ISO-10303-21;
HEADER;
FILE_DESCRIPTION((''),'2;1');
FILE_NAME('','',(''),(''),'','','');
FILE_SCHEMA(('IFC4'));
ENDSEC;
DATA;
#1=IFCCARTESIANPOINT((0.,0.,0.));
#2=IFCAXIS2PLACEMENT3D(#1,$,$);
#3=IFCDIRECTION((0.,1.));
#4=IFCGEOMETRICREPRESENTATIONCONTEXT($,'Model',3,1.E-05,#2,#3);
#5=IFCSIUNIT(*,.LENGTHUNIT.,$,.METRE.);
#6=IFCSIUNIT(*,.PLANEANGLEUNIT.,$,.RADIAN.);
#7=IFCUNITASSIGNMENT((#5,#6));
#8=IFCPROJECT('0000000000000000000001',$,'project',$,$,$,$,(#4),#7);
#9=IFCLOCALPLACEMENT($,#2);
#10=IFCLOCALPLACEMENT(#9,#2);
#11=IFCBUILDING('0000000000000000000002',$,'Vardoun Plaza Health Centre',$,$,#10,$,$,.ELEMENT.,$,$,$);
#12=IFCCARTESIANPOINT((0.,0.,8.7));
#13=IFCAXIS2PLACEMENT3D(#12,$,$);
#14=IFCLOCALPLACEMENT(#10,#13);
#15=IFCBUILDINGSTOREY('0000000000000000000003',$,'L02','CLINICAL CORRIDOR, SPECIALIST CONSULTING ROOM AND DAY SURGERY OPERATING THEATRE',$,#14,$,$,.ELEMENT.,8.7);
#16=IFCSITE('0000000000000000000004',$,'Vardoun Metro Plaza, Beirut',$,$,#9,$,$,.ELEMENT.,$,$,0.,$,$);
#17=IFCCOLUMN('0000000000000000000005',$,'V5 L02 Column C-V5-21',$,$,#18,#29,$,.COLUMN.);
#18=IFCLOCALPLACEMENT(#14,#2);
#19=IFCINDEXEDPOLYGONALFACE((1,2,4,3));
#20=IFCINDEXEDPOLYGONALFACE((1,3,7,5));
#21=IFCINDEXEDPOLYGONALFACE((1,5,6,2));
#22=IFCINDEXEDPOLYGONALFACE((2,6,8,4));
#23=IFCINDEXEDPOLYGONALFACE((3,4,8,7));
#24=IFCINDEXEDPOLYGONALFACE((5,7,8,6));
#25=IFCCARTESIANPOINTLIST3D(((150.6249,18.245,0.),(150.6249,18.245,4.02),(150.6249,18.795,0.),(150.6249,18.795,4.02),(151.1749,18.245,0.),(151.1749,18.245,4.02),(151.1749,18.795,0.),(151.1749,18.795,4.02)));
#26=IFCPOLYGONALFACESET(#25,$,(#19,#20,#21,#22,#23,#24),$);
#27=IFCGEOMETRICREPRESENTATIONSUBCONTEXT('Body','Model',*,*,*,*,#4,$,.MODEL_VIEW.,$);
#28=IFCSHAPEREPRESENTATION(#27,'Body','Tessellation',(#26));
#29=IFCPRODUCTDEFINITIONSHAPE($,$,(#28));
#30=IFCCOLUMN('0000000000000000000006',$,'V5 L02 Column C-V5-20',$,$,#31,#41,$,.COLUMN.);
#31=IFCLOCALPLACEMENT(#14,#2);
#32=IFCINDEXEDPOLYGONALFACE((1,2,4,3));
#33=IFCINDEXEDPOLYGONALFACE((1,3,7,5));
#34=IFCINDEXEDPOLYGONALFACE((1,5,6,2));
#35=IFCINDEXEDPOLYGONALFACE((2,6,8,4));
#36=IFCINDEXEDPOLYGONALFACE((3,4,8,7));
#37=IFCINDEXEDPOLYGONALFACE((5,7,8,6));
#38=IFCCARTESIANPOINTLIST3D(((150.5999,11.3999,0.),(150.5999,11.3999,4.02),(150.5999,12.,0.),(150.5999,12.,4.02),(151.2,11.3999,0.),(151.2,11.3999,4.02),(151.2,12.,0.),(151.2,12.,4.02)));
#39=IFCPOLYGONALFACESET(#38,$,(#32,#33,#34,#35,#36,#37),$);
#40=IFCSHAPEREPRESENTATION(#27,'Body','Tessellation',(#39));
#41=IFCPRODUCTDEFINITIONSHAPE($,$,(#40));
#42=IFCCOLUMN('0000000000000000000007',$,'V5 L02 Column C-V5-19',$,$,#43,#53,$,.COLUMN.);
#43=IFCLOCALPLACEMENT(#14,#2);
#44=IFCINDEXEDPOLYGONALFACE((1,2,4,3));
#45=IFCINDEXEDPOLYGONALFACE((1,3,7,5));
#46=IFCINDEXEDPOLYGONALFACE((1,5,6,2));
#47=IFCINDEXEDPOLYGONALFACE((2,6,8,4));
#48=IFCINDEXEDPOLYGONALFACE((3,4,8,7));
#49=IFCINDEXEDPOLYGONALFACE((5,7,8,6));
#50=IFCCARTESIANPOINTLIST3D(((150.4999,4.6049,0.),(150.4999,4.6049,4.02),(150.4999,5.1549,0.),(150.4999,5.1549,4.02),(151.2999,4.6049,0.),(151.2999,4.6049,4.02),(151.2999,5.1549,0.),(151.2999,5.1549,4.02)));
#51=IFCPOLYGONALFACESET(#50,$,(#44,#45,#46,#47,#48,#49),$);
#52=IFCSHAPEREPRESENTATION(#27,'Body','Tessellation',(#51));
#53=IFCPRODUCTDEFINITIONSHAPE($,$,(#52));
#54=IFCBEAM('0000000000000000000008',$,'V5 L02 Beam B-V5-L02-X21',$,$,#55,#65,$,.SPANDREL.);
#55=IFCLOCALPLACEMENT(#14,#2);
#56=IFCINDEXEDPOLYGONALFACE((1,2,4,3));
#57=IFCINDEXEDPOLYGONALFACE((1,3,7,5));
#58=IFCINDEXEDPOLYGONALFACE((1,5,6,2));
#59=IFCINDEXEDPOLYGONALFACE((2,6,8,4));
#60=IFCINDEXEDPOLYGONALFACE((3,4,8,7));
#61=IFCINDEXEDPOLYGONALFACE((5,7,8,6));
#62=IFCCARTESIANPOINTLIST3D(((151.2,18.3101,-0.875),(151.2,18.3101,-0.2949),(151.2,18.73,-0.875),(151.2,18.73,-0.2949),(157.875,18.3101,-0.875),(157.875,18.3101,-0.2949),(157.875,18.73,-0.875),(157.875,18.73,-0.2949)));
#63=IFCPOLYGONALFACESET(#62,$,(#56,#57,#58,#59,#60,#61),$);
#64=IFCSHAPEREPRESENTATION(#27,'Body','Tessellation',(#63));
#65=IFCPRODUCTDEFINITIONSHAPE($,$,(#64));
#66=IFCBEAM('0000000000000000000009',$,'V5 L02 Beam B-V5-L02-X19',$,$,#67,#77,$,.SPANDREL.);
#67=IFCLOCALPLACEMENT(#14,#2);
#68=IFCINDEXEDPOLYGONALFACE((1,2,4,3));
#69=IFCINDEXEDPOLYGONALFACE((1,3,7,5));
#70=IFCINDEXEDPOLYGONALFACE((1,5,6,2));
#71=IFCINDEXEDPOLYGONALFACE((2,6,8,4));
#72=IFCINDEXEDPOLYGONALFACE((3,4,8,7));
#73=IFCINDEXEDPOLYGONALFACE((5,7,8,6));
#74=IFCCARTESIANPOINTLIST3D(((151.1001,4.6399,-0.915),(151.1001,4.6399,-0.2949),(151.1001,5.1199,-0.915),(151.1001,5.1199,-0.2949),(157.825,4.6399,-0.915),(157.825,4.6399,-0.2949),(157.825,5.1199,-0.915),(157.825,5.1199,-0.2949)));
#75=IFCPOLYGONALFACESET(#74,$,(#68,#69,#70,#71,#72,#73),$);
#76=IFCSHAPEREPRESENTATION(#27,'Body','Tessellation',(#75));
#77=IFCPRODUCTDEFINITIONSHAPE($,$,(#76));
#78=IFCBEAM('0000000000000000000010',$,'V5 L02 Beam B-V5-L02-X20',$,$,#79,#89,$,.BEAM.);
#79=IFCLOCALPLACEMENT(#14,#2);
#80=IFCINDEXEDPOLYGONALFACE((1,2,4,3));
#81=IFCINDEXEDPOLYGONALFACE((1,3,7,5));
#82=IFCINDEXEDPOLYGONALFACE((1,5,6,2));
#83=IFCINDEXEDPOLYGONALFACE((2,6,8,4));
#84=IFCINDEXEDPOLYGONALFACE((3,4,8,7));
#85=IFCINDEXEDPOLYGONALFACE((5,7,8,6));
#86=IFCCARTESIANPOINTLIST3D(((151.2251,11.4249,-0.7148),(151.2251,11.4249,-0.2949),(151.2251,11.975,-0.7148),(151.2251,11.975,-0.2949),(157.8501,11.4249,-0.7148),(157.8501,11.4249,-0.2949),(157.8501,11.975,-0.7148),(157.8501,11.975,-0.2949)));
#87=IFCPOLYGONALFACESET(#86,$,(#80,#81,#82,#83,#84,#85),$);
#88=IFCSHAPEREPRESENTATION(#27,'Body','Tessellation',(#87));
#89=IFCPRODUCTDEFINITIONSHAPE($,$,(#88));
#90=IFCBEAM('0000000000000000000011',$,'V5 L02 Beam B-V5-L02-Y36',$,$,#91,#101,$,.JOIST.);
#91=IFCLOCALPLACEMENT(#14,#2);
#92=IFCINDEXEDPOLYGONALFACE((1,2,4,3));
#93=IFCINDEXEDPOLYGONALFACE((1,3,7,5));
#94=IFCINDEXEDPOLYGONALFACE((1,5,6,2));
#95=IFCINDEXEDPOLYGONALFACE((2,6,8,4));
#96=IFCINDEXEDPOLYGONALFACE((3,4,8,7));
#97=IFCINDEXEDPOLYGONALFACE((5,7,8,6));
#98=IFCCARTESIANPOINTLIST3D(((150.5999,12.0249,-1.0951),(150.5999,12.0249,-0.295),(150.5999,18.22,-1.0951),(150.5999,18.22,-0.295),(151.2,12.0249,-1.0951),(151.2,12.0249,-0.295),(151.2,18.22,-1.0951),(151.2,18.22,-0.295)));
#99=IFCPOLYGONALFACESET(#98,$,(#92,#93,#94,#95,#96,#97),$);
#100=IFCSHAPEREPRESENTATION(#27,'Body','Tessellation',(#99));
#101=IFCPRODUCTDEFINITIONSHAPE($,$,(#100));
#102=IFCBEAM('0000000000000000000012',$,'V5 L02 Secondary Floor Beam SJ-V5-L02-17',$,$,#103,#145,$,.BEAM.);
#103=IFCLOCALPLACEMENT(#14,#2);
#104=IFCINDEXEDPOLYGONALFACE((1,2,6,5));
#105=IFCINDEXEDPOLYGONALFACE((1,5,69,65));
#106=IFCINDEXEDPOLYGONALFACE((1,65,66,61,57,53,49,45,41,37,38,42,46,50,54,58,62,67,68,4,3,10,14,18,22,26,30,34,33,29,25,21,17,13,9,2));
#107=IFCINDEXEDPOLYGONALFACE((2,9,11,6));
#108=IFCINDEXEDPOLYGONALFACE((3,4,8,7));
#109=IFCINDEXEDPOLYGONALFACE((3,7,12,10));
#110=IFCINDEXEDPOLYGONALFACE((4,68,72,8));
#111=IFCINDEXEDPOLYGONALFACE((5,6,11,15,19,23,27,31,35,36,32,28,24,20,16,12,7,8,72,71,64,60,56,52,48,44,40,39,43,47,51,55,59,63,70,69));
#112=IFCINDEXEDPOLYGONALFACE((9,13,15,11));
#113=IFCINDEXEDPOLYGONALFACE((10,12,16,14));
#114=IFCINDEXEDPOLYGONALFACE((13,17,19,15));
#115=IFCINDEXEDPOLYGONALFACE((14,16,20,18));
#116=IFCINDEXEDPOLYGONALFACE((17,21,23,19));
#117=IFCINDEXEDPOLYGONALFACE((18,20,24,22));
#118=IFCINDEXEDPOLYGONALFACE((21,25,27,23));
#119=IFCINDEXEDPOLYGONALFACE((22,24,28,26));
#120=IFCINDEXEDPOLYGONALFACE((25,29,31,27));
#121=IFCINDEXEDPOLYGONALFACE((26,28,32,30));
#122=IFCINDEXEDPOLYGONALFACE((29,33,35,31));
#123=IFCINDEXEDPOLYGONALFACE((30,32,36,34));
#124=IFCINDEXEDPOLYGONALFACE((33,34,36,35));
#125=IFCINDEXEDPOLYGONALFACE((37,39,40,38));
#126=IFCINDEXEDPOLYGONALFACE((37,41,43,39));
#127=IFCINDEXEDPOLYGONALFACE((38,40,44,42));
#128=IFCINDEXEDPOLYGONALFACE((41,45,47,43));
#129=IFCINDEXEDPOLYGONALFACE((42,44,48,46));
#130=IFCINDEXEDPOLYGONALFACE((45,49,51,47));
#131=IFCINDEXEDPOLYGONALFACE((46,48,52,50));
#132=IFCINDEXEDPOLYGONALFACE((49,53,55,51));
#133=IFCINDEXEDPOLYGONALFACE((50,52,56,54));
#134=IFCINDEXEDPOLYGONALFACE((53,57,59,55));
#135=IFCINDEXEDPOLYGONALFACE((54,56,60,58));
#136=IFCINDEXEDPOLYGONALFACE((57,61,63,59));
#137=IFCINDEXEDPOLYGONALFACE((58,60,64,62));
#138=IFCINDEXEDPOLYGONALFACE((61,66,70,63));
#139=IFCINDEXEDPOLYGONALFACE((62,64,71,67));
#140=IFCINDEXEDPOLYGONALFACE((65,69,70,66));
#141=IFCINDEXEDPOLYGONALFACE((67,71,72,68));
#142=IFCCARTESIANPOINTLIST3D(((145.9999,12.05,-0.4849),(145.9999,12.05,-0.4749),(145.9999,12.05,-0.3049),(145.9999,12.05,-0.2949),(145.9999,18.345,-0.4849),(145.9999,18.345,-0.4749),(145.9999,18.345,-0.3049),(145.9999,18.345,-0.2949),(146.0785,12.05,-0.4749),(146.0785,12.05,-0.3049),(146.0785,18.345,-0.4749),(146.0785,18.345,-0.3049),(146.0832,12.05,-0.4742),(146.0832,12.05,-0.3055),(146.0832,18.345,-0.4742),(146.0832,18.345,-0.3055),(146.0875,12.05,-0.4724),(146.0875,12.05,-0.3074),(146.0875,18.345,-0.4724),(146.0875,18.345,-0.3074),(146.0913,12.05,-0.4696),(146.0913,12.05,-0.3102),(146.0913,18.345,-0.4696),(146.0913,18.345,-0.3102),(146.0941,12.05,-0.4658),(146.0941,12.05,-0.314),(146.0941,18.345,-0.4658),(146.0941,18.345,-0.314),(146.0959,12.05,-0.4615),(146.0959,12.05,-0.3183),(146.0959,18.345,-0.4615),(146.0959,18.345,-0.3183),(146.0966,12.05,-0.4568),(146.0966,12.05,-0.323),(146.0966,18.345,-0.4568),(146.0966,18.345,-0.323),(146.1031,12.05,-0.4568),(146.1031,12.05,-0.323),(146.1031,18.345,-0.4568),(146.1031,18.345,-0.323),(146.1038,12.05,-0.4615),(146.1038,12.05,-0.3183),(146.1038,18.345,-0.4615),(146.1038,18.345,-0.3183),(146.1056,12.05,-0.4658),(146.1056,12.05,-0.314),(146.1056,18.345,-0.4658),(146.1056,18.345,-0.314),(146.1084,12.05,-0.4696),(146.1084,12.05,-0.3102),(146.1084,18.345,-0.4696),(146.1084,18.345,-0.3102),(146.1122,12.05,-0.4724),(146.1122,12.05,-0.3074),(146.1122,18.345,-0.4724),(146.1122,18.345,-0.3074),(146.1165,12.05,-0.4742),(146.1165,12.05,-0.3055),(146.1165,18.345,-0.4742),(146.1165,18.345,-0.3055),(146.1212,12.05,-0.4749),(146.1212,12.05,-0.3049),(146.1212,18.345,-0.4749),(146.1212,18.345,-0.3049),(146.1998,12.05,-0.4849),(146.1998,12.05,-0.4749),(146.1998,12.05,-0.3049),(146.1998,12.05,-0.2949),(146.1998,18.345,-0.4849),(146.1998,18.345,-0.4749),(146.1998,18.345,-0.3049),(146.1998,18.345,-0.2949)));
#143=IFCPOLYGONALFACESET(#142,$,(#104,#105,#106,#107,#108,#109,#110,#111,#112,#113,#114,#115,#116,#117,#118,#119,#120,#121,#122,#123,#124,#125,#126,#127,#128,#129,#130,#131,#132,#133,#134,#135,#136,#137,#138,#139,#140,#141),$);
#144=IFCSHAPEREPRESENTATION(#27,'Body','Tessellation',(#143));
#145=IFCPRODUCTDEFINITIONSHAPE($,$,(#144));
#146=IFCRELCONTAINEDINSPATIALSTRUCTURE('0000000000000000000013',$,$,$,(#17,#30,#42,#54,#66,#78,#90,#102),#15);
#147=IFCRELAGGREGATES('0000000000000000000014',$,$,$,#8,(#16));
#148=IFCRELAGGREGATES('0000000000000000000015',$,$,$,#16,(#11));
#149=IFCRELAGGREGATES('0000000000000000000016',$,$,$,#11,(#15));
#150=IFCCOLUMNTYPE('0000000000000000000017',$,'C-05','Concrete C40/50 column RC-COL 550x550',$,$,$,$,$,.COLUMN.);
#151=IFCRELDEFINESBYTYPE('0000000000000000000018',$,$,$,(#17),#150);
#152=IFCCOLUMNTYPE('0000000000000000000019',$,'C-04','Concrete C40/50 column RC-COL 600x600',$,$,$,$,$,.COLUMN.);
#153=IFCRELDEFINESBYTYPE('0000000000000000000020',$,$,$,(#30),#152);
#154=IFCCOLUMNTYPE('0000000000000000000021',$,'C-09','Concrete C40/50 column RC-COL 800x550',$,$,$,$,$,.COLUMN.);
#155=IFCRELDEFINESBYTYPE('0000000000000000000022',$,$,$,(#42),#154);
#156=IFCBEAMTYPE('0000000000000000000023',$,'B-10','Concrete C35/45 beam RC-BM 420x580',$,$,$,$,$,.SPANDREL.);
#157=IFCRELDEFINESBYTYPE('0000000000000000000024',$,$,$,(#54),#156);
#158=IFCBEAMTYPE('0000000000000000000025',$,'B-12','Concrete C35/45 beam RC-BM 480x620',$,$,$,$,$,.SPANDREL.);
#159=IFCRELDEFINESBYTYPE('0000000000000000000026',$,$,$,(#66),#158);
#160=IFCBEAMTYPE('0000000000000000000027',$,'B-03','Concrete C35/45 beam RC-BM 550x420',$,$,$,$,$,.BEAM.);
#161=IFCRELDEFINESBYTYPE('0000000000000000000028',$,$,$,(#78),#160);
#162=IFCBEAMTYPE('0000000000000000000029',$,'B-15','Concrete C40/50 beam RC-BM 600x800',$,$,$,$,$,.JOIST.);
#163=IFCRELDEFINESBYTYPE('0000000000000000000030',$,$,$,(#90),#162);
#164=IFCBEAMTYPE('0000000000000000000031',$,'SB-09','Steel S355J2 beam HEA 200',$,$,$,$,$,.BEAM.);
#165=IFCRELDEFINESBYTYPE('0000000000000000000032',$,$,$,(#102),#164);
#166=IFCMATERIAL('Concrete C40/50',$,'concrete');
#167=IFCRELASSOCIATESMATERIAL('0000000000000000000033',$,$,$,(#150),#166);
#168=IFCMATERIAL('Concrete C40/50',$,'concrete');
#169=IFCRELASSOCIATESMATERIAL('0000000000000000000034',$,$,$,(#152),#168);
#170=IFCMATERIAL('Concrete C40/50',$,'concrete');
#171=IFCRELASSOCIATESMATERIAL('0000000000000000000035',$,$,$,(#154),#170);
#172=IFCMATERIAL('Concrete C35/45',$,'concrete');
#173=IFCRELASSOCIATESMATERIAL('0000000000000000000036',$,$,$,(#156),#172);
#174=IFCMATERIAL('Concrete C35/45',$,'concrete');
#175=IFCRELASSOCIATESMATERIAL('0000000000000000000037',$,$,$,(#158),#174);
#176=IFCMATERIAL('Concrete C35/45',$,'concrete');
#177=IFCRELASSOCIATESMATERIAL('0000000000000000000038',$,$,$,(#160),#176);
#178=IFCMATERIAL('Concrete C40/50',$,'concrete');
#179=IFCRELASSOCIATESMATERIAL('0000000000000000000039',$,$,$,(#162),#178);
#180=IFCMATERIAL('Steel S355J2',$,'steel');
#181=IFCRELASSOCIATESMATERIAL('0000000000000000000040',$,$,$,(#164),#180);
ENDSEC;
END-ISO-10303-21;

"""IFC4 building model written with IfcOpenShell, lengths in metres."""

from ifc_helpers import new_model, si_unit, direction, frame, origin, origin_2d, place, context, subcontext, project, spatial, rectangle, i_section, extrude, material, material_profile, profile_set, type_object, element, save


model = new_model("IFC4")

# Units and contexts
model_context = context("Model", 3, precision=1e-05, world=origin(), true_north=direction((0.0, 1.0)))
body_context = subcontext(model_context, "Body", "Model", "MODEL_VIEW")
ifc_project = project(units=[si_unit("LENGTHUNIT", "METRE"), si_unit("PLANEANGLEUNIT", "RADIAN")], contexts=[model_context])

# Site, building, storey
site_placement = place(None, origin())
site = spatial("IfcSite", under=ifc_project, at=site_placement, Name="Vardoun Metro Plaza, Beirut", CompositionType="ELEMENT", RefElevation=0.0)
building_placement = place(site_placement, origin())
building = spatial("IfcBuilding", under=site, at=building_placement, Name="Vardoun Plaza Health Centre", CompositionType="ELEMENT")
storey_placement = place(building_placement, frame((0.0, 0.0, 8.7)))
storey = spatial("IfcBuildingStorey", under=building, at=storey_placement, Name="L02", Description="CLINICAL CORRIDOR, SPECIALIST CONSULTING ROOM AND DAY SURGERY OPERATING THEATRE", CompositionType="ELEMENT", Elevation=8.7)

# Columns
ifc_material_1 = material(Name="Concrete C40/50", Category="concrete")
ifc_material_profile_1 = material_profile(ifc_material_1, rectangle(XDim=0.55, YDim=0.55, at=origin_2d()), Name="RC-COL 550x550")
ifc_profile_set_1 = profile_set([ifc_material_profile_1], Name="Concrete C40/50")
column_type_1 = type_object("IfcColumnType", Name="C-05", Description="Concrete C40/50 column RC-COL 550x550", PredefinedType="COLUMN", material=ifc_profile_set_1)
column_1_placement = place(storey_placement, frame((150.8999, 18.52, 0.0), z_axis=(0.0, 0.0, 1.0), x_axis=(1.0, 0.0, 0.0)))
element("IfcColumn", 1, at=column_1_placement, inside=storey, type_object=column_type_1, Name="V5 L02 Column C-V5-21", PredefinedType="COLUMN", context=body_context, shape_type="SweptSolid", body=[
    extrude(rectangle(XDim=0.55, YDim=0.55, at=origin_2d()), origin(), (0.0, 0.0, 1.0), 4.02),
])
ifc_material_2 = material(Name="Concrete C40/50", Category="concrete")
ifc_material_profile_2 = material_profile(ifc_material_2, rectangle(XDim=0.6001, YDim=0.6001, at=origin_2d()), Name="RC-COL 600x600")
ifc_profile_set_2 = profile_set([ifc_material_profile_2], Name="Concrete C40/50")
column_type_2 = type_object("IfcColumnType", Name="C-04", Description="Concrete C40/50 column RC-COL 600x600", PredefinedType="COLUMN", material=ifc_profile_set_2)
column_2_placement = place(storey_placement, frame((150.8999, 11.7, 0.0), z_axis=(0.0, 0.0, 1.0), x_axis=(1.0, 0.0, 0.0)))
element("IfcColumn", 2, at=column_2_placement, inside=storey, type_object=column_type_2, Name="V5 L02 Column C-V5-20", PredefinedType="COLUMN", context=body_context, shape_type="SweptSolid", body=[
    extrude(rectangle(XDim=0.6001, YDim=0.6001, at=origin_2d()), origin(), (0.0, 0.0, 1.0), 4.02),
])
ifc_material_3 = material(Name="Concrete C40/50", Category="concrete")
ifc_material_profile_3 = material_profile(ifc_material_3, rectangle(XDim=0.8, YDim=0.55, at=origin_2d()), Name="RC-COL 800x550")
ifc_profile_set_3 = profile_set([ifc_material_profile_3], Name="Concrete C40/50")
column_type_3 = type_object("IfcColumnType", Name="C-09", Description="Concrete C40/50 column RC-COL 800x550", PredefinedType="COLUMN", material=ifc_profile_set_3)
column_3_placement = place(storey_placement, frame((150.8999, 4.8799, 0.0), z_axis=(0.0, 0.0, 1.0), x_axis=(1.0, 0.0, 0.0)))
element("IfcColumn", 3, at=column_3_placement, inside=storey, type_object=column_type_3, Name="V5 L02 Column C-V5-19", PredefinedType="COLUMN", context=body_context, shape_type="SweptSolid", body=[
    extrude(rectangle(XDim=0.8, YDim=0.55, at=origin_2d()), origin(), (0.0, 0.0, 1.0), 4.02),
])

# Beams
ifc_material_4 = material(Name="Concrete C35/45", Category="concrete")
ifc_material_profile_4 = material_profile(ifc_material_4, rectangle(XDim=0.4199, YDim=0.5801, at=origin_2d()), Name="RC-BM 420x580")
ifc_profile_set_4 = profile_set([ifc_material_profile_4], Name="Concrete C35/45")
beam_type_1 = type_object("IfcBeamType", Name="B-10", Description="Concrete C35/45 beam RC-BM 420x580", PredefinedType="SPANDREL", material=ifc_profile_set_4)
beam_1_placement = place(storey_placement, frame((151.2, 18.52, -0.585), z_axis=(1.0, 0.0, 0.0), x_axis=(0.0, 1.0, 0.0)))
element("IfcBeam", 4, at=beam_1_placement, inside=storey, type_object=beam_type_1, Name="V5 L02 Beam B-V5-L02-X21", PredefinedType="SPANDREL", context=body_context, shape_type="SweptSolid", body=[
    extrude(rectangle(XDim=0.4199, YDim=0.5801, at=origin_2d()), origin(), (0.0, 0.0, 1.0), 6.675),
])
ifc_material_5 = material(Name="Concrete C35/45", Category="concrete")
ifc_material_profile_5 = material_profile(ifc_material_5, rectangle(XDim=0.48, YDim=0.6201, at=origin_2d()), Name="RC-BM 480x620")
ifc_profile_set_5 = profile_set([ifc_material_profile_5], Name="Concrete C35/45")
beam_type_2 = type_object("IfcBeamType", Name="B-12", Description="Concrete C35/45 beam RC-BM 480x620", PredefinedType="SPANDREL", material=ifc_profile_set_5)
beam_2_placement = place(storey_placement, frame((151.1001, 4.8799, -0.605), z_axis=(1.0, 0.0, 0.0), x_axis=(0.0, 1.0, 0.0)))
element("IfcBeam", 5, at=beam_2_placement, inside=storey, type_object=beam_type_2, Name="V5 L02 Beam B-V5-L02-X19", PredefinedType="SPANDREL", context=body_context, shape_type="SweptSolid", body=[
    extrude(rectangle(XDim=0.48, YDim=0.6201, at=origin_2d()), origin(), (0.0, 0.0, 1.0), 6.7249),
])
ifc_material_6 = material(Name="Concrete C35/45", Category="concrete")
ifc_material_profile_6 = material_profile(ifc_material_6, rectangle(XDim=0.55, YDim=0.4199, at=origin_2d()), Name="RC-BM 550x420")
ifc_profile_set_6 = profile_set([ifc_material_profile_6], Name="Concrete C35/45")
beam_type_3 = type_object("IfcBeamType", Name="B-03", Description="Concrete C35/45 beam RC-BM 550x420", PredefinedType="BEAM", material=ifc_profile_set_6)
beam_3_placement = place(storey_placement, frame((151.2251, 11.7, -0.5049), z_axis=(1.0, 0.0, 0.0), x_axis=(0.0, 1.0, 0.0)))
element("IfcBeam", 6, at=beam_3_placement, inside=storey, type_object=beam_type_3, Name="V5 L02 Beam B-V5-L02-X20", PredefinedType="BEAM", context=body_context, shape_type="SweptSolid", body=[
    extrude(rectangle(XDim=0.55, YDim=0.4199, at=origin_2d()), origin(), (0.0, 0.0, 1.0), 6.625),
])
ifc_material_7 = material(Name="Concrete C40/50", Category="concrete")
ifc_material_profile_7 = material_profile(ifc_material_7, rectangle(XDim=0.6001, YDim=0.8, at=origin_2d()), Name="RC-BM 600x800")
ifc_profile_set_7 = profile_set([ifc_material_profile_7], Name="Concrete C40/50")
beam_type_4 = type_object("IfcBeamType", Name="B-15", Description="Concrete C40/50 beam RC-BM 600x800", PredefinedType="JOIST", material=ifc_profile_set_7)
beam_4_placement = place(storey_placement, frame((150.8999, 12.0249, -0.6951), z_axis=(0.0, 1.0, 0.0), x_axis=(-1.0, 0.0, 0.0)))
element("IfcBeam", 7, at=beam_4_placement, inside=storey, type_object=beam_type_4, Name="V5 L02 Beam B-V5-L02-Y36", PredefinedType="JOIST", context=body_context, shape_type="SweptSolid", body=[
    extrude(rectangle(XDim=0.6001, YDim=0.8, at=origin_2d()), origin(), (0.0, 0.0, 1.0), 6.1951),
])
ifc_material_8 = material(Name="Steel S355J2", Category="steel")
ifc_material_profile_8 = material_profile(ifc_material_8, i_section(OverallWidth=0.2, OverallDepth=0.1899, WebThickness=0.0066, FlangeThickness=0.01, FilletRadius=0.0181, at=origin_2d()), Name="HEA 200")
ifc_profile_set_8 = profile_set([ifc_material_profile_8], Name="Steel S355J2")
beam_type_5 = type_object("IfcBeamType", Name="SB-09", Description="Steel S355J2 beam HEA 200", PredefinedType="BEAM", material=ifc_profile_set_8)
beam_5_placement = place(storey_placement, frame((146.0999, 12.05, -0.3899), z_axis=(0.0, 1.0, 0.0), x_axis=(-1.0, 0.0, 0.0)))
element("IfcBeam", 8, at=beam_5_placement, inside=storey, type_object=beam_type_5, Name="V5 L02 Secondary Floor Beam SJ-V5-L02-17", PredefinedType="BEAM", context=body_context, shape_type="SweptSolid", body=[
    extrude(i_section(OverallWidth=0.2, OverallDepth=0.1899, WebThickness=0.0066, FlangeThickness=0.01, FilletRadius=0.0181, at=origin_2d()), origin(), (0.0, 0.0, 1.0), 6.2949),
])

save(model, "model.ifc")
